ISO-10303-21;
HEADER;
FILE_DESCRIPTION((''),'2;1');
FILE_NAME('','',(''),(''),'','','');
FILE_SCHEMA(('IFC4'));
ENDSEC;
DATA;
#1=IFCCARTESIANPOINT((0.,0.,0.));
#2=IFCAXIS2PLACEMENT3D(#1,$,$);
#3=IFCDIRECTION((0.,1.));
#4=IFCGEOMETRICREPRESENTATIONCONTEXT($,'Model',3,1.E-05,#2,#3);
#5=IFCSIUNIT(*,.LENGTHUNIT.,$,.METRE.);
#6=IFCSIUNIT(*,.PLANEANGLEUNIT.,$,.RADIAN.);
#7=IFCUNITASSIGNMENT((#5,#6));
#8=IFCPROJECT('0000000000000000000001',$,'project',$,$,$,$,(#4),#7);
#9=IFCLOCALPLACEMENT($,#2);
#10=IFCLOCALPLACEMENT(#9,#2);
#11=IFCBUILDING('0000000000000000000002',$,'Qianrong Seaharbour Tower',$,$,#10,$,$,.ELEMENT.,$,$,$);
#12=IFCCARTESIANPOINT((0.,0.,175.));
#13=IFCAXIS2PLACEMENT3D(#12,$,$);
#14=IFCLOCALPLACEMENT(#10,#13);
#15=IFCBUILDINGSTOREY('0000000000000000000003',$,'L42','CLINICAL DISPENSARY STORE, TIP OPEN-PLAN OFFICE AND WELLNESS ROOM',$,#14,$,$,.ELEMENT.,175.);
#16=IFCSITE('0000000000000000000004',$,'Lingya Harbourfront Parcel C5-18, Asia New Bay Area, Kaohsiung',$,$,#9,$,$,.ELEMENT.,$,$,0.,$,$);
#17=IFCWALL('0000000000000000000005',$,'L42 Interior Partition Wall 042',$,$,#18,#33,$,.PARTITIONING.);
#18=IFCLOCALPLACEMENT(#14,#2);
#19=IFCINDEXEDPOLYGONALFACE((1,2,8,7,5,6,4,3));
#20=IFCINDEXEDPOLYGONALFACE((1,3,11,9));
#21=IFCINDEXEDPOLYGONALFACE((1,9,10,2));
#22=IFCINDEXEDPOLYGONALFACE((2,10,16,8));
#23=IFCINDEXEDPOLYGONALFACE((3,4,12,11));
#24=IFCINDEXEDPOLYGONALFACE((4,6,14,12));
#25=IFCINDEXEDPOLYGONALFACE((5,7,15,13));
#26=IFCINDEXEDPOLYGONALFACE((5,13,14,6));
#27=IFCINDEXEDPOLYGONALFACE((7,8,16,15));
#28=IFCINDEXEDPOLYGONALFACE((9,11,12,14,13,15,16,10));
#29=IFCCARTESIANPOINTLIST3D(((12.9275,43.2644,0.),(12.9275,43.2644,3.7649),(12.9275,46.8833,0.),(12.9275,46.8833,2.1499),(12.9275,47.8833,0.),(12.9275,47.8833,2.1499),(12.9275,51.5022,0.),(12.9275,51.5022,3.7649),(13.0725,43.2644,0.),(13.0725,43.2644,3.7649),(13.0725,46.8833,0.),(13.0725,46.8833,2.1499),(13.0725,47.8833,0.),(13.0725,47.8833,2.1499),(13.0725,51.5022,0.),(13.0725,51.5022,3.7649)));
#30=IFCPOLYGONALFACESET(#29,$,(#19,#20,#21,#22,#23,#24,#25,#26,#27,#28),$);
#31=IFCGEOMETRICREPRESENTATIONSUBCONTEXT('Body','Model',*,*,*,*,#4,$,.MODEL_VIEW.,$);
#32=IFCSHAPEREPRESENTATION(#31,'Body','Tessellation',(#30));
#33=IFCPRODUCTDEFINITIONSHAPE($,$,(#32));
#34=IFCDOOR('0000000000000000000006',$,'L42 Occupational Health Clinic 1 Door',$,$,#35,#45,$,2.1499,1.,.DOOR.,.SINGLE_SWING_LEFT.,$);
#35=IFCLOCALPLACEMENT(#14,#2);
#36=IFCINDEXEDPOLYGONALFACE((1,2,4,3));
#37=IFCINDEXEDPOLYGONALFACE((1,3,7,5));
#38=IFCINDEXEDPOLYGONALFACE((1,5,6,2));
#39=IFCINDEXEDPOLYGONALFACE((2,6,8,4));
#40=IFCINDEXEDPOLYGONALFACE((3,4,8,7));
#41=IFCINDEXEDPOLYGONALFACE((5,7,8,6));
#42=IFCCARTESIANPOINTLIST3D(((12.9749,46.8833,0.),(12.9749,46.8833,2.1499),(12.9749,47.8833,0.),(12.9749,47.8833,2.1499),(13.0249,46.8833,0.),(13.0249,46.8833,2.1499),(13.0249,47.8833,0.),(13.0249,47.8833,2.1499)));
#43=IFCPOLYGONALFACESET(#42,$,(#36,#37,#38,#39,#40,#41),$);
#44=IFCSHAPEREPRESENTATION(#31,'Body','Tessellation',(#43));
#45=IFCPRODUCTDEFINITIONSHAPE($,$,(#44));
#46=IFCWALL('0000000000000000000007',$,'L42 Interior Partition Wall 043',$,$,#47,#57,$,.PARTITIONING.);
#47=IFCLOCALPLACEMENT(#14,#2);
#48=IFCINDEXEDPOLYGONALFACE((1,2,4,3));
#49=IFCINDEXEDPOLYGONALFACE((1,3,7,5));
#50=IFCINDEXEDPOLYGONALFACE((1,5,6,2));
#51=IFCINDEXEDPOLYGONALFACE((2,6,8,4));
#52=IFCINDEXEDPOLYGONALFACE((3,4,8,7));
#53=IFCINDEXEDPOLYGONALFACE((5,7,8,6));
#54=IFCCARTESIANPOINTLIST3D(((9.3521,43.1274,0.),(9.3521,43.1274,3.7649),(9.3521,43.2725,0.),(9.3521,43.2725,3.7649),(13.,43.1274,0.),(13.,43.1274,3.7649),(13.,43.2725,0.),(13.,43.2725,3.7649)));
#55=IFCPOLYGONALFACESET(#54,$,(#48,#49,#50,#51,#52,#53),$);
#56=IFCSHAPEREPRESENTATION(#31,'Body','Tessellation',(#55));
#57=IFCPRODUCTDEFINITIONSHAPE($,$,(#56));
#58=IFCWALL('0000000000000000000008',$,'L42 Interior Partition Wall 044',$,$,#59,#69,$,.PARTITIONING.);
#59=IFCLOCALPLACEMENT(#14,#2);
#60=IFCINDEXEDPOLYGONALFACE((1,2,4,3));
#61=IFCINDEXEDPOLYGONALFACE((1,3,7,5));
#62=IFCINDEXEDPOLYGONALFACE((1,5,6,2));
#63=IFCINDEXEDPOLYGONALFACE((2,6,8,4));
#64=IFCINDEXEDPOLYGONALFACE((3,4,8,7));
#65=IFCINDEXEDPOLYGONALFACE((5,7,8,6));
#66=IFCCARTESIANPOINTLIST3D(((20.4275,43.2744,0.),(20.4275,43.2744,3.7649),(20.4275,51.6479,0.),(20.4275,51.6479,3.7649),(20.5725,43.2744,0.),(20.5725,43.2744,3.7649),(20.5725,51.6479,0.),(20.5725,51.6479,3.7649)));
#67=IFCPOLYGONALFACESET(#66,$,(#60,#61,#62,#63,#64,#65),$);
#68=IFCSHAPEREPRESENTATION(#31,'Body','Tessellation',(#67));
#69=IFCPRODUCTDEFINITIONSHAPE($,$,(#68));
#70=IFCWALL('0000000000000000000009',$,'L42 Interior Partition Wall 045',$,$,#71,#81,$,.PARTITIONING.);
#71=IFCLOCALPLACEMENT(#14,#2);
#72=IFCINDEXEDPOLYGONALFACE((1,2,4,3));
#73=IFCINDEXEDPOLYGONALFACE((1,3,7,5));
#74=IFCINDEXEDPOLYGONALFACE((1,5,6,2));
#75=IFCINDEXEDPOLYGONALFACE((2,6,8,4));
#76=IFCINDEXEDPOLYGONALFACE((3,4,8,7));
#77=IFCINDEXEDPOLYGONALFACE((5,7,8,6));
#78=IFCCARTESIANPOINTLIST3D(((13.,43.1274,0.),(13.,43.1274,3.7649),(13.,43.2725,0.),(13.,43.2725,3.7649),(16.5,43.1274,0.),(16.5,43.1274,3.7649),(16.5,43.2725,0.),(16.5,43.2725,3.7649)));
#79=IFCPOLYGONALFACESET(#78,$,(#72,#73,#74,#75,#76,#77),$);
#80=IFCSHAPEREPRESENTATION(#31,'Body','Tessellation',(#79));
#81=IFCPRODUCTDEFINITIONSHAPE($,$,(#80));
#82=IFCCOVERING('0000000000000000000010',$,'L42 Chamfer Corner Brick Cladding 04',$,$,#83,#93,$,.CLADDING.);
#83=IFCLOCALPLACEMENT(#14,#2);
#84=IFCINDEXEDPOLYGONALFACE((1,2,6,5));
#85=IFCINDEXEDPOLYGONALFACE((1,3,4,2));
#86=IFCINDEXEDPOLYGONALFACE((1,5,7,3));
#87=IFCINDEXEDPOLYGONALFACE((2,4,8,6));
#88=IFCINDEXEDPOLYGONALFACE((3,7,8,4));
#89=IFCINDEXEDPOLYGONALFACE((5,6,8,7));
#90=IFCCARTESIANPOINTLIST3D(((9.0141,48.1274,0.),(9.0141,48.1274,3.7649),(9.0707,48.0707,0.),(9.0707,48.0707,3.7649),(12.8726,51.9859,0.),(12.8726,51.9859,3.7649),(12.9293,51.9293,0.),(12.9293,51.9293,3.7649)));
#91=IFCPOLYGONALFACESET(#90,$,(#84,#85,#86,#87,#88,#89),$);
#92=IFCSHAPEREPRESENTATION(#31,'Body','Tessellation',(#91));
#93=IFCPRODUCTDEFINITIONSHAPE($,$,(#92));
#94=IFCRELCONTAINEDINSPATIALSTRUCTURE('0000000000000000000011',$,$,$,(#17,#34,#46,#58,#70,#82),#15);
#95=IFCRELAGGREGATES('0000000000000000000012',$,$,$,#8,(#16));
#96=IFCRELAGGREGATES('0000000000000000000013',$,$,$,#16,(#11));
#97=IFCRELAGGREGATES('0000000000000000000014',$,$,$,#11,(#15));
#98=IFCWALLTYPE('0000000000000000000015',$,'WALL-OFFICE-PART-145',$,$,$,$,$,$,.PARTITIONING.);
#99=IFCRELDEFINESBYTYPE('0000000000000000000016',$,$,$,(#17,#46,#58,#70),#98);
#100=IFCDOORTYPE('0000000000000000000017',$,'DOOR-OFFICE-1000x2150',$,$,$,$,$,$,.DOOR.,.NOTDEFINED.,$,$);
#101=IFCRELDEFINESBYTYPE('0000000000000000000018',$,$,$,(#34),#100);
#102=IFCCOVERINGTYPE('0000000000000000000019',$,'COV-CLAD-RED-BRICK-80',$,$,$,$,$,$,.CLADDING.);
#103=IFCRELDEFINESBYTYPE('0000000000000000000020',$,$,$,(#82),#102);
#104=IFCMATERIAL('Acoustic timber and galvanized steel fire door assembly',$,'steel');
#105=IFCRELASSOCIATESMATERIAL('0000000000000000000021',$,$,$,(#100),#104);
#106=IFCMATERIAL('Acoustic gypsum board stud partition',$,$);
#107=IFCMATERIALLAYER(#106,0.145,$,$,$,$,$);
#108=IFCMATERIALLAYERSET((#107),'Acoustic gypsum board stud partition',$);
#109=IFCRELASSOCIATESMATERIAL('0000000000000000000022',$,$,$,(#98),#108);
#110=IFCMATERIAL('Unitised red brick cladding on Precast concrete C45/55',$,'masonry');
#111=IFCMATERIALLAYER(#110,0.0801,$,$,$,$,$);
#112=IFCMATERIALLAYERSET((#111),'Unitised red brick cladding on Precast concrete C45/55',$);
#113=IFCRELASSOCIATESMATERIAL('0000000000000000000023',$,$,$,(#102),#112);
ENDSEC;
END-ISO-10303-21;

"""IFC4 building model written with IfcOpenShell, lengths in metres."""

from ifc_helpers import new_model, si_unit, direction, frame, frame_2d, origin, origin_2d, place, context, subcontext, project, spatial, rectangle, extrude, material, layer, layer_set, type_object, element, fill, save


model = new_model("IFC4")

# Units and contexts
model_context = context("Model", 3, precision=1e-05, world=origin(), true_north=direction((0.0, 1.0)))
body_context = subcontext(model_context, "Body", "Model", "MODEL_VIEW")
ifc_project = project(units=[si_unit("LENGTHUNIT", "METRE"), si_unit("PLANEANGLEUNIT", "RADIAN")], contexts=[model_context])

# Site, building, storey
site_placement = place(None, origin())
site = spatial("IfcSite", under=ifc_project, at=site_placement, Name="Lingya Harbourfront Parcel C5-18, Asia New Bay Area, Kaohsiung", CompositionType="ELEMENT", RefElevation=0.0)
building_placement = place(site_placement, origin())
building = spatial("IfcBuilding", under=site, at=building_placement, Name="Qianrong Seaharbour Tower", CompositionType="ELEMENT")
storey_placement = place(building_placement, frame((0.0, 0.0, 175.0)))
storey = spatial("IfcBuildingStorey", under=building, at=storey_placement, Name="L42", Description="CLINICAL DISPENSARY STORE, TIP OPEN-PLAN OFFICE AND WELLNESS ROOM", CompositionType="ELEMENT", Elevation=175.0)

# Shared definitions
ifc_material_1 = material(Name="Acoustic timber and galvanized steel fire door assembly", Category="steel")
door_type = type_object("IfcDoorType", Name="DOOR-OFFICE-1000x2150", OperationType="NOTDEFINED", PredefinedType="DOOR", material=ifc_material_1)

# Wall, opening, door
ifc_material_2 = material(Name="Acoustic gypsum board stud partition")
ifc_layer_1 = layer(ifc_material_2, 0.145)
ifc_layer_set_1 = layer_set([ifc_layer_1], Name="Acoustic gypsum board stud partition")
wall_type_1 = type_object("IfcWallType", Name="WALL-OFFICE-PART-145", PredefinedType="PARTITIONING", material=ifc_layer_set_1)
wall_1_placement = place(storey_placement, frame((13.0, 51.5022, 0.0), z_axis=(0.0, 0.0, 1.0), x_axis=(0.0, -1.0, 0.0)))
wall_1 = element("IfcWall", 1, at=wall_1_placement, inside=storey, type_object=wall_type_1, Name="L42 Interior Partition Wall 042", PredefinedType="PARTITIONING", context=body_context, shape_type="SweptSolid", body=[
    extrude(rectangle(XDim=8.2378, YDim=0.145, at=frame_2d((4.1189, 0.0))), origin(), (0.0, 0.0, 1.0), 3.7649),
])
opening_1_placement = place(wall_1_placement, frame((3.6189, 0.0, 0.0)))
opening_1 = element("IfcOpeningElement", 2, at=opening_1_placement, cuts=wall_1, PredefinedType="OPENING", context=body_context, shape_type="SweptSolid", body=[
    extrude(rectangle(XDim=1.0, YDim=2.1499, at=frame_2d((0.5, 1.075))), frame((0.0, 0.0825, 0.0), z_axis=(0.0, -1.0, 0.0), x_axis=(1.0, 0.0, 0.0)), (0.0, 0.0, 1.0), 0.165),
])
door_1_placement = place(opening_1_placement, origin())
door_1 = element("IfcDoor", 3, at=door_1_placement, inside=storey, type_object=door_type, Name="L42 Occupational Health Clinic 1 Door", OperationType="SINGLE_SWING_LEFT", OverallHeight=2.1499, OverallWidth=1.0, PredefinedType="DOOR", context=body_context, shape_type="SweptSolid", body=[
    extrude(rectangle(XDim=1.0, YDim=2.1499, at=frame_2d((0.5, 1.075))), frame((0.0, 0.0249, 0.0), z_axis=(0.0, -1.0, 0.0), x_axis=(1.0, 0.0, 0.0)), (0.0, 0.0, 1.0), 0.05),
])
fill(opening_1, door_1)

# Walls
wall_2_placement = place(storey_placement, frame((13.0, 43.2, 0.0), z_axis=(0.0, 0.0, 1.0), x_axis=(-1.0, 0.0, 0.0)))
element("IfcWall", 4, at=wall_2_placement, inside=storey, type_object=wall_type_1, Name="L42 Interior Partition Wall 043", PredefinedType="PARTITIONING", context=body_context, shape_type="SweptSolid", body=[
    extrude(rectangle(XDim=3.6479, YDim=0.145, at=frame_2d((1.824, 0.0))), origin(), (0.0, 0.0, 1.0), 3.7649),
])
wall_3_placement = place(storey_placement, frame((20.5, 51.6479, 0.0), z_axis=(0.0, 0.0, 1.0), x_axis=(0.0, -1.0, 0.0)))
element("IfcWall", 5, at=wall_3_placement, inside=storey, type_object=wall_type_1, Name="L42 Interior Partition Wall 044", PredefinedType="PARTITIONING", context=body_context, shape_type="SweptSolid", body=[
    extrude(rectangle(XDim=8.3735, YDim=0.145, at=frame_2d((4.1868, 0.0))), origin(), (0.0, 0.0, 1.0), 3.7649),
])
wall_4_placement = place(storey_placement, frame((16.5, 43.2, 0.0), z_axis=(0.0, 0.0, 1.0), x_axis=(-1.0, 0.0, 0.0)))
element("IfcWall", 6, at=wall_4_placement, inside=storey, type_object=wall_type_1, Name="L42 Interior Partition Wall 045", PredefinedType="PARTITIONING", context=body_context, shape_type="SweptSolid", body=[
    extrude(rectangle(XDim=3.5, YDim=0.145, at=frame_2d((1.75, 0.0))), origin(), (0.0, 0.0, 1.0), 3.7649),
])

# Covering
ifc_material_3 = material(Name="Unitised red brick cladding on Precast concrete C45/55", Category="masonry")
ifc_layer_2 = layer(ifc_material_3, 0.0801)
ifc_layer_set_2 = layer_set([ifc_layer_2], Name="Unitised red brick cladding on Precast concrete C45/55")
covering_type = type_object("IfcCoveringType", Name="COV-CLAD-RED-BRICK-80", PredefinedType="CLADDING", material=ifc_layer_set_2)
covering_placement = place(storey_placement, frame((10.9717, 50.0283, 0.0), z_axis=(0.0, 0.0, 1.0), x_axis=(0.707107, 0.707107, 0.0)))
element("IfcCovering", 7, at=covering_placement, inside=storey, type_object=covering_type, Name="L42 Chamfer Corner Brick Cladding 04", PredefinedType="CLADDING", context=body_context, shape_type="SweptSolid", body=[
    extrude(rectangle(XDim=5.4568, YDim=0.0801, at=origin_2d()), origin(), (0.0, 0.0, 1.0), 3.7649),
])

save(model, "model.ifc")
